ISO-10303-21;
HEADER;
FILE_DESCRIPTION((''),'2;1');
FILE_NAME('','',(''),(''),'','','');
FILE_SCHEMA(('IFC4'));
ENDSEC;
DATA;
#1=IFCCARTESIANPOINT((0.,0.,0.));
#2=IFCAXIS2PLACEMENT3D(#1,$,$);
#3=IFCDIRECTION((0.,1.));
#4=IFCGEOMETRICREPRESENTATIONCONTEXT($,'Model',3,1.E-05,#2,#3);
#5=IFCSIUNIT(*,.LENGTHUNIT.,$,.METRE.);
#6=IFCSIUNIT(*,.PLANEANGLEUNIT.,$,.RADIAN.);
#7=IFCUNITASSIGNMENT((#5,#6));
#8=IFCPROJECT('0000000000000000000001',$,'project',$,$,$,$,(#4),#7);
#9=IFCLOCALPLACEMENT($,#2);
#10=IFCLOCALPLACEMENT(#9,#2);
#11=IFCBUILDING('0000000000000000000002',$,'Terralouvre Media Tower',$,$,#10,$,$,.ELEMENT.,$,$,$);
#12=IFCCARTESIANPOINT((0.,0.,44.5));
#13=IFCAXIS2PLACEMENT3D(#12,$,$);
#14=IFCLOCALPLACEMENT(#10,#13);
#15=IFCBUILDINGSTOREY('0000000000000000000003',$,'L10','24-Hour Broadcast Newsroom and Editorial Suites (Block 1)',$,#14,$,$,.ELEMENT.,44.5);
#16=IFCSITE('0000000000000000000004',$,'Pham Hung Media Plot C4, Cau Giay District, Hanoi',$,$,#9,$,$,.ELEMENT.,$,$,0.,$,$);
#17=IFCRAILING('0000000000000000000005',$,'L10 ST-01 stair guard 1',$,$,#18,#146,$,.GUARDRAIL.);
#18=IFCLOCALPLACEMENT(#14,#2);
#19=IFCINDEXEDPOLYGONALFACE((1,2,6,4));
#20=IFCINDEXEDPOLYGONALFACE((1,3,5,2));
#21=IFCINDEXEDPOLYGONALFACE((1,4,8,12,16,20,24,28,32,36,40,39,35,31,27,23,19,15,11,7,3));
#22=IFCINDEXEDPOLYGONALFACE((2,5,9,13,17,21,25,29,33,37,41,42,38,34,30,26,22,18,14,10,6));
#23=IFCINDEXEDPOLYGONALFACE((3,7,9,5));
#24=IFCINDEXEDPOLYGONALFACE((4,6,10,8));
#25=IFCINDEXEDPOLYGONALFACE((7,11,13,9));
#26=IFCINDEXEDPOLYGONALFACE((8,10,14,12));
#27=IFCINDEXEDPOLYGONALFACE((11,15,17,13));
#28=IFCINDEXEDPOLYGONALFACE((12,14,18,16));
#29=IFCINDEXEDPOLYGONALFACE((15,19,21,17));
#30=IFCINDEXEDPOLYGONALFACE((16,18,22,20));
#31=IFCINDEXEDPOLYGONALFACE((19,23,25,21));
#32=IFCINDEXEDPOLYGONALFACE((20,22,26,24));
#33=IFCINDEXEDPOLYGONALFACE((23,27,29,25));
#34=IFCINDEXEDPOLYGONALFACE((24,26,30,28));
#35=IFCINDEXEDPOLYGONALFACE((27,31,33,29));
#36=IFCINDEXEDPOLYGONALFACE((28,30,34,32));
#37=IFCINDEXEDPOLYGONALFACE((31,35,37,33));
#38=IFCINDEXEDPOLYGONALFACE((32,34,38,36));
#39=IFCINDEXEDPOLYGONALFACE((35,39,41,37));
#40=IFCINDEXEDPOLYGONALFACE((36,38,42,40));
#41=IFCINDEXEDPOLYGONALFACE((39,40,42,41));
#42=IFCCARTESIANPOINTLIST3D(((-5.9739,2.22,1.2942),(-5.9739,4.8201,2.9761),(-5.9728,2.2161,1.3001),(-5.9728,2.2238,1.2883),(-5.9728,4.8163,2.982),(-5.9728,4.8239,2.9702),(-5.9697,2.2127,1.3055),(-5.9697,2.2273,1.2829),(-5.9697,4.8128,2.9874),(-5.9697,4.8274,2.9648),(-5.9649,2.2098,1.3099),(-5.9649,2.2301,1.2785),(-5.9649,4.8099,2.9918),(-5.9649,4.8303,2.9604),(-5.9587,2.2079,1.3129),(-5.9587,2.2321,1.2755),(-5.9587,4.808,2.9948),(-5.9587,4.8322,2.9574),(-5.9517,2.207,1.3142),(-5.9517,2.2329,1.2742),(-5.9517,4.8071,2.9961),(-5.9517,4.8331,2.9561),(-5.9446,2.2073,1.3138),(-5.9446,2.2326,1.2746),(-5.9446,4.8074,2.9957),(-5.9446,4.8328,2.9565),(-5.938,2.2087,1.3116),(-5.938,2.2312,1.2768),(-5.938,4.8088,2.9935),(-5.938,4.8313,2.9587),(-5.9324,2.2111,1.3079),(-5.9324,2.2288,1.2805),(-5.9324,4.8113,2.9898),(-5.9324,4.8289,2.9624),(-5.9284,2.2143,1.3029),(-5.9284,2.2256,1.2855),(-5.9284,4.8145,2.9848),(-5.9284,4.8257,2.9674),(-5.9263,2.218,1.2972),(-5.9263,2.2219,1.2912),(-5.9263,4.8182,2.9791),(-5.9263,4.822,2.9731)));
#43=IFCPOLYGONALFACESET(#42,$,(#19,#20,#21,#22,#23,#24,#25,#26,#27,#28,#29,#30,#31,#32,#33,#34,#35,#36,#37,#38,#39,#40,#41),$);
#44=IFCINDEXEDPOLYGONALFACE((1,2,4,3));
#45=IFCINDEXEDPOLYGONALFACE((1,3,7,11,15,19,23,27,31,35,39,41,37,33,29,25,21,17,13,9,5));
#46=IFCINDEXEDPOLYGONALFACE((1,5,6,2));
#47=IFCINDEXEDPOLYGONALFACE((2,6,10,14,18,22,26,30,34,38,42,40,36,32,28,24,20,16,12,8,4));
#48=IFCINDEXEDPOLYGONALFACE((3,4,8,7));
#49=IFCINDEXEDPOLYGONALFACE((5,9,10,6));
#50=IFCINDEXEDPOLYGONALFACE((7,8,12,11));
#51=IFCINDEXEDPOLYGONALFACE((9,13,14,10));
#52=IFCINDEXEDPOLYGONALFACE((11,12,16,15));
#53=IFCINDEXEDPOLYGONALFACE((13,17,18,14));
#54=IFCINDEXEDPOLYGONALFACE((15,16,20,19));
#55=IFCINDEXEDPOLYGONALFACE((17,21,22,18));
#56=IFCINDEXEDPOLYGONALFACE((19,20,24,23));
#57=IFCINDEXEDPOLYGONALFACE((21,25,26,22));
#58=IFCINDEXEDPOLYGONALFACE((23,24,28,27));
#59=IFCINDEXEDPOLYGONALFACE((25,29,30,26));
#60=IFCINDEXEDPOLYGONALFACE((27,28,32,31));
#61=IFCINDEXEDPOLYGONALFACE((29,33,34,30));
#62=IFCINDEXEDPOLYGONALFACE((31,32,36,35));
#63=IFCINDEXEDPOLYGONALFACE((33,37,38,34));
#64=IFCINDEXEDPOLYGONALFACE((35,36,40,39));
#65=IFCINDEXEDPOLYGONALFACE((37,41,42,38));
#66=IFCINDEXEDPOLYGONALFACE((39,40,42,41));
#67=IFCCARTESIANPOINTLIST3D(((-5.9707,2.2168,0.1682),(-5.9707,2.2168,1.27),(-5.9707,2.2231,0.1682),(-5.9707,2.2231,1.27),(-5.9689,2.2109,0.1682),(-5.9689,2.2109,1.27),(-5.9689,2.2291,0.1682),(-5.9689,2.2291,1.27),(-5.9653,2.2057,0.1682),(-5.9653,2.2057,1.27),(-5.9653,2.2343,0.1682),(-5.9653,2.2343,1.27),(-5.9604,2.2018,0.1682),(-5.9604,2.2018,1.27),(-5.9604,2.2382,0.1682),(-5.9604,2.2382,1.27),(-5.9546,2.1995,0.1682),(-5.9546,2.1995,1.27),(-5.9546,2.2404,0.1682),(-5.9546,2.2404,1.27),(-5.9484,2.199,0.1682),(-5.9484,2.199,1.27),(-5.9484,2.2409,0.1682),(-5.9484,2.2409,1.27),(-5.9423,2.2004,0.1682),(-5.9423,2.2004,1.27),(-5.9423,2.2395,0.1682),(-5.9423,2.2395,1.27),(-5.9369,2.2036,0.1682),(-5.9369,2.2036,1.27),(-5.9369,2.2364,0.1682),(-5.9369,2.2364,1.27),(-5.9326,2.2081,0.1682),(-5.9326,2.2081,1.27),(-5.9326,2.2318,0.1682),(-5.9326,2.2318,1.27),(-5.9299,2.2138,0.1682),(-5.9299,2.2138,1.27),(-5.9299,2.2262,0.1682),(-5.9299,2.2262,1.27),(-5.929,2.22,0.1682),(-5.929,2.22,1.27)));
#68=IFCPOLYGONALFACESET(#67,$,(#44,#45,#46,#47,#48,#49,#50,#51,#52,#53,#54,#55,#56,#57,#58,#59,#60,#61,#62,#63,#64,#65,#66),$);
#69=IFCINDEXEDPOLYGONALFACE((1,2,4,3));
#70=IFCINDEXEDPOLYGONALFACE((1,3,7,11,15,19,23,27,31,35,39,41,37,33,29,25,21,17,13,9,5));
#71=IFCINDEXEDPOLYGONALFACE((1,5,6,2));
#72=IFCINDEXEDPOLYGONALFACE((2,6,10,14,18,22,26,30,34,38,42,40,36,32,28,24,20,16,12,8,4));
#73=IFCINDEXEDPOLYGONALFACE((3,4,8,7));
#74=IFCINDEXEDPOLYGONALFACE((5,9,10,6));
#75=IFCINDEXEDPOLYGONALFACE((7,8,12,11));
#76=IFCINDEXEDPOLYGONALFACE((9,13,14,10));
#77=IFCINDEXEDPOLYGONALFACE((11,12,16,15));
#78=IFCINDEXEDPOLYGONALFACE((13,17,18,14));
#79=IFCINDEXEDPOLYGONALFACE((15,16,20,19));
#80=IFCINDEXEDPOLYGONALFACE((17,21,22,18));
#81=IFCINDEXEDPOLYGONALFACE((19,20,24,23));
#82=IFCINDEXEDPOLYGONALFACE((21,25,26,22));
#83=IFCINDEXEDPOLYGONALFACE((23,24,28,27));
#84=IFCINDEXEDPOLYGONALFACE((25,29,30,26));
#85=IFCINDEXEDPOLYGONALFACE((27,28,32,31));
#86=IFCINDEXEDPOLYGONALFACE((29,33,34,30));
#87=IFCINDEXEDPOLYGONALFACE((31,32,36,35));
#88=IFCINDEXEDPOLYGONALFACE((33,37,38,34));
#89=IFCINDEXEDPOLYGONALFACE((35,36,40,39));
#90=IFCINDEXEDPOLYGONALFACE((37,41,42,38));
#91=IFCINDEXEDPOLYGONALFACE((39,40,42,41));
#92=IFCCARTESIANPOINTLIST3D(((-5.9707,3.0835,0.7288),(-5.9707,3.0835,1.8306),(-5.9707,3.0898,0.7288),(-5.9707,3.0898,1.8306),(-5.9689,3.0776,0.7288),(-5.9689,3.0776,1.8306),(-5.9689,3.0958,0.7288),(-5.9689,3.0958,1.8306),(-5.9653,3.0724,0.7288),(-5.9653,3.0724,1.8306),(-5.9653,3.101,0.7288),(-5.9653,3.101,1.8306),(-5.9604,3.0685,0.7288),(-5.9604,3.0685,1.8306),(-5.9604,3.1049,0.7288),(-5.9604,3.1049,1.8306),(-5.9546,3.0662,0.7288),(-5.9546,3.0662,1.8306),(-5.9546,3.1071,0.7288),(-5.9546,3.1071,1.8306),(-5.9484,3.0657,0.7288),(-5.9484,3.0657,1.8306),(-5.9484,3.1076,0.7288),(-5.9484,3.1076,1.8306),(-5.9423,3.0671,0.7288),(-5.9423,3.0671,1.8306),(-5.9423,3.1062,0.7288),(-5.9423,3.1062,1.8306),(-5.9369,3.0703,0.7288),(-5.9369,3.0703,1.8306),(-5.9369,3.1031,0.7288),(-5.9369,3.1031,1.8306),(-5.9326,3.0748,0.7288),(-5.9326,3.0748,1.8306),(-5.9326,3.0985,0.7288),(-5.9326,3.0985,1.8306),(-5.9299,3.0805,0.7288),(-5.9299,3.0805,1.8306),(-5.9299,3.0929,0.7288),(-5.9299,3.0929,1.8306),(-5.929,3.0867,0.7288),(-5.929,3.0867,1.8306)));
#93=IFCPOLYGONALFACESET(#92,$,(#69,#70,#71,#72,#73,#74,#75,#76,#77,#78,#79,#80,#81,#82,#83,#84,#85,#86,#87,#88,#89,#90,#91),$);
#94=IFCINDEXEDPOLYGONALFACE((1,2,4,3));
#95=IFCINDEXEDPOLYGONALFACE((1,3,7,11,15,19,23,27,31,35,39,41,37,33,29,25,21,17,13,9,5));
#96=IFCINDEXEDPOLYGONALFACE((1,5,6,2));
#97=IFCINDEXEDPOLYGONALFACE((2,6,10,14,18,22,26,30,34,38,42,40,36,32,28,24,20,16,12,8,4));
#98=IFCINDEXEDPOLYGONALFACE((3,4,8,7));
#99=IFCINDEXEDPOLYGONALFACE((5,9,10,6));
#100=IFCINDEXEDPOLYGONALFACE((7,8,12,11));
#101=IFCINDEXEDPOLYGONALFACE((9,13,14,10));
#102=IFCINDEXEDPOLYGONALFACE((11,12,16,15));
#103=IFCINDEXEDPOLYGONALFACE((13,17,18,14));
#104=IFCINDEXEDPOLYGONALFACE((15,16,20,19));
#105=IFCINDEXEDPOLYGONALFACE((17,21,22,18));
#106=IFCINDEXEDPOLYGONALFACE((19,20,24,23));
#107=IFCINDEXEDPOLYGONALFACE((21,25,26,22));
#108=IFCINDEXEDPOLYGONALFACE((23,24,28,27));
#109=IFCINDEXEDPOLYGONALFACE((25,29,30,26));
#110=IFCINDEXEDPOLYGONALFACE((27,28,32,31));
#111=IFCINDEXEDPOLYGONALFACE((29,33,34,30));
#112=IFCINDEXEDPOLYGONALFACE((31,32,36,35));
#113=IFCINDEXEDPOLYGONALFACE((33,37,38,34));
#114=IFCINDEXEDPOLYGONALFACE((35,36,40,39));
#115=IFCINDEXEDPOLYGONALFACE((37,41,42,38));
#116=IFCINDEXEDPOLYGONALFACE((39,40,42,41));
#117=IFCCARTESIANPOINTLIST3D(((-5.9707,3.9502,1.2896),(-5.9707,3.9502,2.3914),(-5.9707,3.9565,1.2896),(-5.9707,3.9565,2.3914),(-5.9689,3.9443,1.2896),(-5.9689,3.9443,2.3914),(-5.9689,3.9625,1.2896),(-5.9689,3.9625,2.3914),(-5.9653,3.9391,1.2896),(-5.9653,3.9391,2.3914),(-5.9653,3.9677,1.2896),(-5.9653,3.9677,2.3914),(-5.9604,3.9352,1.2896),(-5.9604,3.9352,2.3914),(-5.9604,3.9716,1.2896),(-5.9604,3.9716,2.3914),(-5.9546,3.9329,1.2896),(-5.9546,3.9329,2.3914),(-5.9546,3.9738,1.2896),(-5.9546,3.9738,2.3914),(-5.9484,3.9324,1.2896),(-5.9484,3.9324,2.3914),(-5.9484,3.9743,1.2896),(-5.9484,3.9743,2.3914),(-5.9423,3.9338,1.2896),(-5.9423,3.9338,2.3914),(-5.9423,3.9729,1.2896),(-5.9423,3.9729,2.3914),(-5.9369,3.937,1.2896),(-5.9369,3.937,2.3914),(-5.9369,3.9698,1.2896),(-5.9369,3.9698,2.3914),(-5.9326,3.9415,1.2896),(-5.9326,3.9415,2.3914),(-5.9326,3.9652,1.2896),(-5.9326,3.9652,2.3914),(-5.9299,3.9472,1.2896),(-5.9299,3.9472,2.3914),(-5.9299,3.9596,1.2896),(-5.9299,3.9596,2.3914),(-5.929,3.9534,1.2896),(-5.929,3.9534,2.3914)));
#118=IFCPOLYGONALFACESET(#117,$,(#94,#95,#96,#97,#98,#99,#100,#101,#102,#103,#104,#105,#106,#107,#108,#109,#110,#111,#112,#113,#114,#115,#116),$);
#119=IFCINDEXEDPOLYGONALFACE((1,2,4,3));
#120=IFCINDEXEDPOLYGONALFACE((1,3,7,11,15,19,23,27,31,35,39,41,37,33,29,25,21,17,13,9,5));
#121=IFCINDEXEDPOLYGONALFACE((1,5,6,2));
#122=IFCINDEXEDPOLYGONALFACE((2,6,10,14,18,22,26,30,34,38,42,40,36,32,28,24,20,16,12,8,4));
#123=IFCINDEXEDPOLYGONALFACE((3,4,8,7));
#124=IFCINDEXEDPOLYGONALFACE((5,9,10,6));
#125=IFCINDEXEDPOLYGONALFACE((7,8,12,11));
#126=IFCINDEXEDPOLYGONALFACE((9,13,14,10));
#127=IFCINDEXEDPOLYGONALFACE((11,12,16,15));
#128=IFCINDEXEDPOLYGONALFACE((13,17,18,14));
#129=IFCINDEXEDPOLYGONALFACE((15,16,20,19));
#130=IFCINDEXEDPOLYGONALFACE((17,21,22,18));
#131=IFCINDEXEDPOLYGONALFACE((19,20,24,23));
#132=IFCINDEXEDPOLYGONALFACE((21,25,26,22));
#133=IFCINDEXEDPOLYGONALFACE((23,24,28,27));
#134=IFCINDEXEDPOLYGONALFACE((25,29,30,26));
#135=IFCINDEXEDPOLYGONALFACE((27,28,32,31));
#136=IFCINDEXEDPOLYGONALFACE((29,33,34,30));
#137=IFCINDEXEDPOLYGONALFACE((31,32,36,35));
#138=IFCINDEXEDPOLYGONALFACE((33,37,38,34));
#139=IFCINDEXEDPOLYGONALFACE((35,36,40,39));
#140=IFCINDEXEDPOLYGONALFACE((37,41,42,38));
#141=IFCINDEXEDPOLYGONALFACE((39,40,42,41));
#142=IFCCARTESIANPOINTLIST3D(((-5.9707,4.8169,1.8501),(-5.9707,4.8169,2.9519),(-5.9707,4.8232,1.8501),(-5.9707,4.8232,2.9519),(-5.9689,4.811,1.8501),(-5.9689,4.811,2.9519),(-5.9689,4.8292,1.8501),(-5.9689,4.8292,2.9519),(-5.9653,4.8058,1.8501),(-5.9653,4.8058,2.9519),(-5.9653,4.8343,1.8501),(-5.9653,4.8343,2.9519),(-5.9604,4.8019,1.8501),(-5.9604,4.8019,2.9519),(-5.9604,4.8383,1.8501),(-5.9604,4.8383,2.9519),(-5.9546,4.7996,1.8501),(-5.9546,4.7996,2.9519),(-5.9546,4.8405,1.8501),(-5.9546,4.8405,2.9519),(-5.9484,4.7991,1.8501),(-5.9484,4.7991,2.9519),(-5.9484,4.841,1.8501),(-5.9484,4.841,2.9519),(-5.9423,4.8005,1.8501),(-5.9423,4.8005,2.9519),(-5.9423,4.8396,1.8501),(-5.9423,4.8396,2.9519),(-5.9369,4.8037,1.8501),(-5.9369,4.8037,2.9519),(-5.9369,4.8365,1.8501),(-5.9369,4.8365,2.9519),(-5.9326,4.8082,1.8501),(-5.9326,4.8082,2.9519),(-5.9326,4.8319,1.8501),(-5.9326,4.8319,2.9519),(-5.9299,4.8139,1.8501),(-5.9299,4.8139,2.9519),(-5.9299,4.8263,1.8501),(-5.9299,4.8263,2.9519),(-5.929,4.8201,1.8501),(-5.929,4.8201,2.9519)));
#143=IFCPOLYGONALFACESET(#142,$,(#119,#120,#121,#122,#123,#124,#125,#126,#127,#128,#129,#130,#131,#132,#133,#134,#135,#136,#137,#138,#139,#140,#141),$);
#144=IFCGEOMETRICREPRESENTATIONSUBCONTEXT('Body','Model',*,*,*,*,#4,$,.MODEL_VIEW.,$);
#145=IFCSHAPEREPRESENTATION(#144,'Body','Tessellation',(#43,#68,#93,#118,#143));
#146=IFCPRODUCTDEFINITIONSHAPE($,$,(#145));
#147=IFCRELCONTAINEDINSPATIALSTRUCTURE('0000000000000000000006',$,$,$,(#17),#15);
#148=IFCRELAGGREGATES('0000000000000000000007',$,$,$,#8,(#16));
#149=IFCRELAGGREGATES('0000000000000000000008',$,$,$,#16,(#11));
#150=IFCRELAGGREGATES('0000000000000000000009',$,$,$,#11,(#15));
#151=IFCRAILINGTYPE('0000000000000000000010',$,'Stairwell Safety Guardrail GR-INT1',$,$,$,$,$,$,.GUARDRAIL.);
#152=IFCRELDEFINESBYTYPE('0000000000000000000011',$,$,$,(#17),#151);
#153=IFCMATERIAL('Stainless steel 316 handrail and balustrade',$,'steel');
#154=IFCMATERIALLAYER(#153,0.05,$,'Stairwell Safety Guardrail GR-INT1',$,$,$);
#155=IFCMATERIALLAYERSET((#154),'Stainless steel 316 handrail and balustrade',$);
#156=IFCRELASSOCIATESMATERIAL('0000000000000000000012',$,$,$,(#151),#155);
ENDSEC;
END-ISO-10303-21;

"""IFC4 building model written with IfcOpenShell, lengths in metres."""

from ifc_helpers import new_model, si_unit, direction, frame, origin, origin_2d, place, context, subcontext, project, spatial, circle, extrude, material, layer, layer_set, type_object, element, save


model = new_model("IFC4")

# Units and contexts
model_context = context("Model", 3, precision=1e-05, world=origin(), true_north=direction((0.0, 1.0)))
body_context = subcontext(model_context, "Body", "Model", "MODEL_VIEW")
ifc_project = project(units=[si_unit("LENGTHUNIT", "METRE"), si_unit("PLANEANGLEUNIT", "RADIAN")], contexts=[model_context])

# Site, building, storey
site_placement = place(None, origin())
site = spatial("IfcSite", under=ifc_project, at=site_placement, Name="Pham Hung Media Plot C4, Cau Giay District, Hanoi", CompositionType="ELEMENT", RefElevation=0.0)
building_placement = place(site_placement, origin())
building = spatial("IfcBuilding", under=site, at=building_placement, Name="Terralouvre Media Tower", CompositionType="ELEMENT")
storey_placement = place(building_placement, frame((0.0, 0.0, 44.5)))
storey = spatial("IfcBuildingStorey", under=building, at=storey_placement, Name="L10", Description="24-Hour Broadcast Newsroom and Editorial Suites (Block 1)", CompositionType="ELEMENT", Elevation=44.5)

# Railing
ifc_material_1 = material(Name="Stainless steel 316 handrail and balustrade", Category="steel")
ifc_layer_1 = layer(ifc_material_1, 0.05, Name="Stairwell Safety Guardrail GR-INT1")
ifc_layer_set_1 = layer_set([ifc_layer_1], Name="Stainless steel 316 handrail and balustrade")
railing_type_1 = type_object("IfcRailingType", Name="Stairwell Safety Guardrail GR-INT1", PredefinedType="GUARDRAIL", material=ifc_layer_set_1)
railing_1_placement = place(storey_placement, frame((-5.95, 2.22, 0.1682)))
element("IfcRailing", 1, at=railing_1_placement, inside=storey, type_object=railing_type_1, Name="L10 ST-01 stair guard 1", PredefinedType="GUARDRAIL", context=body_context, shape_type="SweptSolid", body=[
    extrude(circle(Radius=0.0239, at=origin_2d()), frame((0.0, 0.0, 1.126), z_axis=(0.0, 0.839648, 0.54313), x_axis=(-1.0, 0.0, 0.0)), (0.0, 0.0, 1.0), 3.0967),
    extrude(circle(Radius=0.021, at=origin_2d()), origin(), (0.0, 0.0, 1.0), 1.1018),
    extrude(circle(Radius=0.021, at=origin_2d()), frame((0.0, 0.8667, 0.5605)), (0.0, 0.0, 1.0), 1.1018),
    extrude(circle(Radius=0.021, at=origin_2d()), frame((0.0, 1.7334, 1.1213)), (0.0, 0.0, 1.0), 1.1018),
    extrude(circle(Radius=0.021, at=origin_2d()), frame((0.0, 2.6001, 1.6819)), (0.0, 0.0, 1.0), 1.1018),
])

save(model, "model.ifc")
